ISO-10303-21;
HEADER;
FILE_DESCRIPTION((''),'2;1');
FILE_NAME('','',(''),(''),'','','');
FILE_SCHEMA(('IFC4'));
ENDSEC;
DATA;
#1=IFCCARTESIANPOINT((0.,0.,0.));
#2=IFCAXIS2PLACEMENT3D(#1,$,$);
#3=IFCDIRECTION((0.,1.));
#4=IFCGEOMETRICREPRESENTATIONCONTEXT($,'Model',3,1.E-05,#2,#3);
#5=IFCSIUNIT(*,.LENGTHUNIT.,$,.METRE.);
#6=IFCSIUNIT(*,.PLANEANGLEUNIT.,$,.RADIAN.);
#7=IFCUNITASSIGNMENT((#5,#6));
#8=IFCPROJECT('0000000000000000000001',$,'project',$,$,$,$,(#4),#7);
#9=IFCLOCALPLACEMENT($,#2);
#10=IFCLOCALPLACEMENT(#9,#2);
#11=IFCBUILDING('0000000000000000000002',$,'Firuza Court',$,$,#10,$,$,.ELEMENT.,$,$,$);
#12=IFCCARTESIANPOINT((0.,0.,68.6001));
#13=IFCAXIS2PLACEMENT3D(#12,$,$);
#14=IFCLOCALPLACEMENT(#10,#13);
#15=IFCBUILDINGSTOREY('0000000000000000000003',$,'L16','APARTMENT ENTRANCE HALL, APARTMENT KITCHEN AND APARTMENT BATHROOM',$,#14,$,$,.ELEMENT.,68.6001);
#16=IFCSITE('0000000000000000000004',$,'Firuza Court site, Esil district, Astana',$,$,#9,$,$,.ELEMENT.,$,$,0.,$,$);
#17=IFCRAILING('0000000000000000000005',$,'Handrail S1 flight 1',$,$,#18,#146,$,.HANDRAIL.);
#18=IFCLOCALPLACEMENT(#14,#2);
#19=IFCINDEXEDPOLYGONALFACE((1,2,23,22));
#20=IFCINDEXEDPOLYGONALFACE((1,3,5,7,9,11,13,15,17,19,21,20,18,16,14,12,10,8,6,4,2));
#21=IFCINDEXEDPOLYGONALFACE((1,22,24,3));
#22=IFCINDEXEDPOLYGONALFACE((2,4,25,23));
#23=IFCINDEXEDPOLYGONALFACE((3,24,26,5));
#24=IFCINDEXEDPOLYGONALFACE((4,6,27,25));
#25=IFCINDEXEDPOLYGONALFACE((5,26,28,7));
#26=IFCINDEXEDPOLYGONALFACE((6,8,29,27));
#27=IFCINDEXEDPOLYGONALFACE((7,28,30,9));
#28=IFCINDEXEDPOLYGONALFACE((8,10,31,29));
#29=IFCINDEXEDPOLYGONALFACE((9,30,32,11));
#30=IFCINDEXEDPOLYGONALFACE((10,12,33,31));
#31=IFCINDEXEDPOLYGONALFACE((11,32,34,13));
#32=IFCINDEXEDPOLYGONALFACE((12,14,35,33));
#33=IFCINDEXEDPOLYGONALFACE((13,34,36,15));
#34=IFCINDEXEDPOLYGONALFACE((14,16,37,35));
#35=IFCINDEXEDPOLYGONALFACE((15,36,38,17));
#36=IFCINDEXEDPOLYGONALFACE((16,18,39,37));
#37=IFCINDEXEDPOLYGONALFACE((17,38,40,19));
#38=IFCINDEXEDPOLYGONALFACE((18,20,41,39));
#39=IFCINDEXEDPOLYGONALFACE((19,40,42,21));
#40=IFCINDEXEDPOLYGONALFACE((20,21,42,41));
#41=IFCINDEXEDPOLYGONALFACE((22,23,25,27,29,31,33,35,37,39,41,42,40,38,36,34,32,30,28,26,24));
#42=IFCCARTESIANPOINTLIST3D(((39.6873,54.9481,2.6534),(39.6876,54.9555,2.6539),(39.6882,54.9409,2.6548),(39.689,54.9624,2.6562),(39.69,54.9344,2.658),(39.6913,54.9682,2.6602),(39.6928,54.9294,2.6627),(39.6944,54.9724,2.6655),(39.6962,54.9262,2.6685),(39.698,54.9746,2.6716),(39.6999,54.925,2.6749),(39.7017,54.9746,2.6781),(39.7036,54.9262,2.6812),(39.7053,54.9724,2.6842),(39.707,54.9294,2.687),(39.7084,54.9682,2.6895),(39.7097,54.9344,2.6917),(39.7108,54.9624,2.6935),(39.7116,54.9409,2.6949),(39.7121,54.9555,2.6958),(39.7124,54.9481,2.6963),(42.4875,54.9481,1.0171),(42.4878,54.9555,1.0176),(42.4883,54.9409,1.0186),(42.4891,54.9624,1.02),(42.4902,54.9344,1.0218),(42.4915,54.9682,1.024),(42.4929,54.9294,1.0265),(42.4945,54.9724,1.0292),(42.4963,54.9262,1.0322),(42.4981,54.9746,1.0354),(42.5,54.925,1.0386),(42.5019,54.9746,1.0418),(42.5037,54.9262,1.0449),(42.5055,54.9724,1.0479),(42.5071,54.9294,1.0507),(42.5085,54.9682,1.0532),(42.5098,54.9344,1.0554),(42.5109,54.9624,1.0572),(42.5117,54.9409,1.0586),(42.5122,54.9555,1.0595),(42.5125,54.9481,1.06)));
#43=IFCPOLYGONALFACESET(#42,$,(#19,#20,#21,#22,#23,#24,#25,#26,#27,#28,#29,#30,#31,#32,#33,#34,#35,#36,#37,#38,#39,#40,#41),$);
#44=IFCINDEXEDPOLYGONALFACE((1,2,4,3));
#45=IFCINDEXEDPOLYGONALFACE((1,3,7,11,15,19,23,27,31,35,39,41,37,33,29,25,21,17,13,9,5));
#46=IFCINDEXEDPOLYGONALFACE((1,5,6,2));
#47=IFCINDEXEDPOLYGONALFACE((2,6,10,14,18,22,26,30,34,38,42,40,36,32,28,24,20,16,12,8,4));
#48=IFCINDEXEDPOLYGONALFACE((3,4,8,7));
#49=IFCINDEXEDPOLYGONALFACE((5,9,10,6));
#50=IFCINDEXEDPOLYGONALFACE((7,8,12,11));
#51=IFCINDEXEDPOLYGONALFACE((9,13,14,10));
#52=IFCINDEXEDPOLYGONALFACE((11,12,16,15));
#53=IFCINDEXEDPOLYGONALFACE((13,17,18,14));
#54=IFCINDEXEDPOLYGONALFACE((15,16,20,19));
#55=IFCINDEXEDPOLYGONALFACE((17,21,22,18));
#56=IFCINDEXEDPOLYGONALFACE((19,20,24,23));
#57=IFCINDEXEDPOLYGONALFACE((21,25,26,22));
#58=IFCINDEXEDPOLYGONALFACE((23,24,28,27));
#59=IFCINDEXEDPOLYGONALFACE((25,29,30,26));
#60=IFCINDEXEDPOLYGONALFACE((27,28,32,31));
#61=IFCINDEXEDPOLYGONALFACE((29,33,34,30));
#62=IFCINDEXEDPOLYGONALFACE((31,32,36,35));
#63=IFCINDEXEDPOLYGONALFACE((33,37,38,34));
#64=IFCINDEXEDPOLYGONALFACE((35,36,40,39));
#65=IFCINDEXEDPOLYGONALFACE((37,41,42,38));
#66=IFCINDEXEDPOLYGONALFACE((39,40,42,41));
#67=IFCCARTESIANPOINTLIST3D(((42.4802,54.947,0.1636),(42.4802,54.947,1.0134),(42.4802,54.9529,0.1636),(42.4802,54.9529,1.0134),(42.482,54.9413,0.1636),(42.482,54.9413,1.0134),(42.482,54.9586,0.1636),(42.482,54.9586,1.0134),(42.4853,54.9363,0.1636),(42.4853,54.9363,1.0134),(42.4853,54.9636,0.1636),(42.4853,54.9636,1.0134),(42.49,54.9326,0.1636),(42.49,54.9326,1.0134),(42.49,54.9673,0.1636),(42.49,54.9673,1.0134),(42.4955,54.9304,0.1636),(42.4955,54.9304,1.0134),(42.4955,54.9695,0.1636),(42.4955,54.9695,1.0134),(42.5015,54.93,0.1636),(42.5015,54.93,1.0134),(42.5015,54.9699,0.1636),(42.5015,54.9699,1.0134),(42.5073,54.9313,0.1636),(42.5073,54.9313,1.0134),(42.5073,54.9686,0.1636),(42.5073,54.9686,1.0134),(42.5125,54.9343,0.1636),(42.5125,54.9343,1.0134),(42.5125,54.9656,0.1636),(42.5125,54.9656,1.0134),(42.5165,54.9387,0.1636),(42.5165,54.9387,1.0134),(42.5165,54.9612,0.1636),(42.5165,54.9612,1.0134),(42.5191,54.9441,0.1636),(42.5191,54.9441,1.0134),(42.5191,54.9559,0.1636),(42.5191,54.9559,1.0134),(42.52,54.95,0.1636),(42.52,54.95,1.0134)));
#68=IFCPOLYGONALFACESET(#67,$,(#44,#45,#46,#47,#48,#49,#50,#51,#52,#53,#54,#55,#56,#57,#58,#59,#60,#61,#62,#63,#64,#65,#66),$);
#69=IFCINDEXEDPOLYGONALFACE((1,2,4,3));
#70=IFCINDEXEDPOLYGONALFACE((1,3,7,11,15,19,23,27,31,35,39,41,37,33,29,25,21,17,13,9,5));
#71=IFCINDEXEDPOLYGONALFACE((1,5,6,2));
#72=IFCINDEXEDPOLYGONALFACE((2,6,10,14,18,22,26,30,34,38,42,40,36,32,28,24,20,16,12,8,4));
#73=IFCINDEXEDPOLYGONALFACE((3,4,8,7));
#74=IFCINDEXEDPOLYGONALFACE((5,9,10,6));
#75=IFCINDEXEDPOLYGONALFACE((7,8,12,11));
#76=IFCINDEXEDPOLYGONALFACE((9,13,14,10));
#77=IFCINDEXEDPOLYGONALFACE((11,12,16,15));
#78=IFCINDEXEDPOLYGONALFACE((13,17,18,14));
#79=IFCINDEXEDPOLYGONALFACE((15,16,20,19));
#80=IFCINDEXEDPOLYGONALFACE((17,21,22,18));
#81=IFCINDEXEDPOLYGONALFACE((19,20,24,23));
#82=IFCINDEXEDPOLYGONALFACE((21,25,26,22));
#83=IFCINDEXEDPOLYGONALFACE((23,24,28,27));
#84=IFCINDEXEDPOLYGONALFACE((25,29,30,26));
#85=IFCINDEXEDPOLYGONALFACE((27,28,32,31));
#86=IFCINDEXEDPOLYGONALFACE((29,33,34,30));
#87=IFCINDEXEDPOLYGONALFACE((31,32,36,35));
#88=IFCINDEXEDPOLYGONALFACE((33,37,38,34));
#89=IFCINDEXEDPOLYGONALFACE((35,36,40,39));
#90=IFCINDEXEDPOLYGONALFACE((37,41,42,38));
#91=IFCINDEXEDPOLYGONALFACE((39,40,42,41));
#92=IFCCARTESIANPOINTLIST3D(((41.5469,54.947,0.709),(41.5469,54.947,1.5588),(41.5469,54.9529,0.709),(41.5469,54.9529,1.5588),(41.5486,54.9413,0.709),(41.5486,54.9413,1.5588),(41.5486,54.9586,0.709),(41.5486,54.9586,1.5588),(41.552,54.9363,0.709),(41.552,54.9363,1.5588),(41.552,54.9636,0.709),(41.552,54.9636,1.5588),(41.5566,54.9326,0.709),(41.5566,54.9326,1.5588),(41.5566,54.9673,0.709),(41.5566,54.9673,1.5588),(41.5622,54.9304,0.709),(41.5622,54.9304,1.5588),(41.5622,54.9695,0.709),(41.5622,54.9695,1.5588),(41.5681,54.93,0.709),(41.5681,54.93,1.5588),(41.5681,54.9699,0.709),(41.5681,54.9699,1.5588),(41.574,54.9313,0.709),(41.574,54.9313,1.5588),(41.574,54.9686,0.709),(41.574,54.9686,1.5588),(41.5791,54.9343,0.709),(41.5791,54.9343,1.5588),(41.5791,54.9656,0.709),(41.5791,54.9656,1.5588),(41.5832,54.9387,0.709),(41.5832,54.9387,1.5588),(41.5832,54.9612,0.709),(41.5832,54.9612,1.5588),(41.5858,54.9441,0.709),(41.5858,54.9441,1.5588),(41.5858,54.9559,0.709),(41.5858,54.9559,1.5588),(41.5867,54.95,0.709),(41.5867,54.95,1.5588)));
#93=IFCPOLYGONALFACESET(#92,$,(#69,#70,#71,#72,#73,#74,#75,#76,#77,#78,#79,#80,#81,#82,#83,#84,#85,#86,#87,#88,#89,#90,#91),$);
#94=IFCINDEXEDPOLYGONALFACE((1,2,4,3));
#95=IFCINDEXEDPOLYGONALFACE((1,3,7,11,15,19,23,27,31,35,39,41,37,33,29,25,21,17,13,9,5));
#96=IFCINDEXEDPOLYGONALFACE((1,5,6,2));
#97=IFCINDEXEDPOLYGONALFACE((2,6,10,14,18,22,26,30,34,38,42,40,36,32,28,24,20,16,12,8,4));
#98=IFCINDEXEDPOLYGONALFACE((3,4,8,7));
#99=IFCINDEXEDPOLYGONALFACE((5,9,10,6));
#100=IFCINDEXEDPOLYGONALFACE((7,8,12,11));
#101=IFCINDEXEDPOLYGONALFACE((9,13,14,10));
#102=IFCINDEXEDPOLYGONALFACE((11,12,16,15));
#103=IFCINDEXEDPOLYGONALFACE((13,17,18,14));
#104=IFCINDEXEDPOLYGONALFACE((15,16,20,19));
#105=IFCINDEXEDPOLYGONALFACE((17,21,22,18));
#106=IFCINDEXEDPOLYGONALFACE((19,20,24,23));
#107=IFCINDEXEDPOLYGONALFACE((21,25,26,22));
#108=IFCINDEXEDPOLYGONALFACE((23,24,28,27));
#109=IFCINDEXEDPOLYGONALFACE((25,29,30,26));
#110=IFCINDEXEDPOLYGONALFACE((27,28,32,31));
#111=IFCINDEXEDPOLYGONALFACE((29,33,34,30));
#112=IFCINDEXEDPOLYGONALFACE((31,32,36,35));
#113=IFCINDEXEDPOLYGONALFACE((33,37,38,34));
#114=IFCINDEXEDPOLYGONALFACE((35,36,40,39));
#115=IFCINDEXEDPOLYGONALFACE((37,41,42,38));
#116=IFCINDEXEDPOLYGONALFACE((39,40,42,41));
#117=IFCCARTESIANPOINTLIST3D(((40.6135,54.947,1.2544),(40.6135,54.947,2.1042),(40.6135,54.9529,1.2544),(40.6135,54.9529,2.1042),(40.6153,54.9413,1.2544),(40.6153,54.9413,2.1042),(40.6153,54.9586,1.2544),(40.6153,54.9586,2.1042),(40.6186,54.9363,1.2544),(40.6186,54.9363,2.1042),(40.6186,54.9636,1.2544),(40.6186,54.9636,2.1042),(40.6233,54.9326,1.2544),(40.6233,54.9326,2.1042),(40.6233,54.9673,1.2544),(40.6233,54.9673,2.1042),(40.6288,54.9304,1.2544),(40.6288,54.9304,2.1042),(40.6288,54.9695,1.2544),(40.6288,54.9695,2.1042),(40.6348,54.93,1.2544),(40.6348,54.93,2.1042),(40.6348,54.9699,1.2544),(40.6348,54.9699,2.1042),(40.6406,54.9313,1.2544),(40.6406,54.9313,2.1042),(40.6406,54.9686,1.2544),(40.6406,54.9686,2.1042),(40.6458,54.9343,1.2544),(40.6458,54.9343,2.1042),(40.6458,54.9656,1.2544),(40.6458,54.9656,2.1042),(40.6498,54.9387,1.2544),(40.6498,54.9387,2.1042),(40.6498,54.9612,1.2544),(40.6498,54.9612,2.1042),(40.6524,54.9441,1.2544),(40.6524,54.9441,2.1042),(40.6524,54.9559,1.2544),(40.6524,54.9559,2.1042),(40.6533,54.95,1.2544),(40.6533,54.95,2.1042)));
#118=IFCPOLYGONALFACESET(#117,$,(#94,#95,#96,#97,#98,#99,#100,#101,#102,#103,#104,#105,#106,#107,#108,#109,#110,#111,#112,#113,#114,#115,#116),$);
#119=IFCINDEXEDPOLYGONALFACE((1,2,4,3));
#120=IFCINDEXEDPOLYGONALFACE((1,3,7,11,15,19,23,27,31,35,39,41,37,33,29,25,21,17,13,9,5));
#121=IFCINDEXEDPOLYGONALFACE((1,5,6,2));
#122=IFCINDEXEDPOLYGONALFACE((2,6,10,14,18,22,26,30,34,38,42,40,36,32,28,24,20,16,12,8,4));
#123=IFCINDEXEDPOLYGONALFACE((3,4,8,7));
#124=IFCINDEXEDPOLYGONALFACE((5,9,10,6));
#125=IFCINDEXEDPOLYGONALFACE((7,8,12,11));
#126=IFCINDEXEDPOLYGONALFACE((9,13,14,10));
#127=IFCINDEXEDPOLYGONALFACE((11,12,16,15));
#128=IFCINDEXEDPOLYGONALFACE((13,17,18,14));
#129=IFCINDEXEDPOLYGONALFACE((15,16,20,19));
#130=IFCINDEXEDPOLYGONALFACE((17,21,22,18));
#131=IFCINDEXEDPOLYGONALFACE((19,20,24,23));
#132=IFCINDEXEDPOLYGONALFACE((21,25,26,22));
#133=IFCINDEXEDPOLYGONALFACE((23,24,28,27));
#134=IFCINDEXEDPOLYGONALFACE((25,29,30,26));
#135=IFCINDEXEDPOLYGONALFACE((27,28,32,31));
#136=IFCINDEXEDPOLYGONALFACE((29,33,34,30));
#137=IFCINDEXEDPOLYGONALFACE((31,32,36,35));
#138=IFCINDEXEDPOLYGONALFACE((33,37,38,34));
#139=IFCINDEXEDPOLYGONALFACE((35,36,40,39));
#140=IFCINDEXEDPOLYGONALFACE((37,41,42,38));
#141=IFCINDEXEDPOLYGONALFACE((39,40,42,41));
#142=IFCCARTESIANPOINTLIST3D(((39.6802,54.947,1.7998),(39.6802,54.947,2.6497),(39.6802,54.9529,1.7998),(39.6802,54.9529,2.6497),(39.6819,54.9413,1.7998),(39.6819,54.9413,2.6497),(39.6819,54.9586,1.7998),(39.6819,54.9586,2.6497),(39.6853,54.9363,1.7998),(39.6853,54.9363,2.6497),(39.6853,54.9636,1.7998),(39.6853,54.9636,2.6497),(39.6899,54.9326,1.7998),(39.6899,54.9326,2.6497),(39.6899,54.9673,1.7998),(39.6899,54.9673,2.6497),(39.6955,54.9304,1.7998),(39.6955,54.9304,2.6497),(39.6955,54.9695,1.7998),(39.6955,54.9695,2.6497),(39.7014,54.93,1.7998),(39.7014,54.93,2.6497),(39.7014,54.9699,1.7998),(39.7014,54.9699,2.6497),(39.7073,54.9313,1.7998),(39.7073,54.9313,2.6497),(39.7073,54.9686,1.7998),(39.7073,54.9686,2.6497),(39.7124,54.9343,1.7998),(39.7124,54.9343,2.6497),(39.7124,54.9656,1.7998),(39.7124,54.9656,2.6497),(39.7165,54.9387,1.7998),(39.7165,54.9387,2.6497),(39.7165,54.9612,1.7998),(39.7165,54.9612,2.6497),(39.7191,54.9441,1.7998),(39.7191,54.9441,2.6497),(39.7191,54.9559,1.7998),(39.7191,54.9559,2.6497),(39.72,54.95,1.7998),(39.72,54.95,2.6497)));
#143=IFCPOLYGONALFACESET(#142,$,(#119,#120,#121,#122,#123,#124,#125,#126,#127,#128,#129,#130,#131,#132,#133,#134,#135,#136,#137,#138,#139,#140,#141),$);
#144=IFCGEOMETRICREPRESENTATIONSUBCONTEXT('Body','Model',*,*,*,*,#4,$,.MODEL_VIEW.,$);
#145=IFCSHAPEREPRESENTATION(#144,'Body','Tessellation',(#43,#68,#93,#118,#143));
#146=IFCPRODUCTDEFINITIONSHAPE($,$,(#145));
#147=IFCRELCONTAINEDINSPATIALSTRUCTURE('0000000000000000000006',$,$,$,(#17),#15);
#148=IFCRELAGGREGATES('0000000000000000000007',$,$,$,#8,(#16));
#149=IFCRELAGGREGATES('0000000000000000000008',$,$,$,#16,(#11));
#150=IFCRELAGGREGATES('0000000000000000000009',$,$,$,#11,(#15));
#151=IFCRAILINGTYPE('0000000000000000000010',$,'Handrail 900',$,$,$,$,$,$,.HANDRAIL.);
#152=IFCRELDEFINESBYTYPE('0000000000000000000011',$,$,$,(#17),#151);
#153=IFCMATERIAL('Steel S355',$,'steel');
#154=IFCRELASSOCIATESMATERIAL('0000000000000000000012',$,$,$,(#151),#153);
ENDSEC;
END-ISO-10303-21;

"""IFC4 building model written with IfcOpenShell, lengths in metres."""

from ifc_helpers import new_model, si_unit, direction, frame, origin, origin_2d, place, context, subcontext, project, spatial, circle, extrude, material, type_object, element, save


model = new_model("IFC4")

# Units and contexts
model_context = context("Model", 3, precision=1e-05, world=origin(), true_north=direction((0.0, 1.0)))
body_context = subcontext(model_context, "Body", "Model", "MODEL_VIEW")
ifc_project = project(units=[si_unit("LENGTHUNIT", "METRE"), si_unit("PLANEANGLEUNIT", "RADIAN")], contexts=[model_context])

# Site, building, storey
site_placement = place(None, origin())
site = spatial("IfcSite", under=ifc_project, at=site_placement, Name="Firuza Court site, Esil district, Astana", CompositionType="ELEMENT", RefElevation=0.0)
building_placement = place(site_placement, origin())
building = spatial("IfcBuilding", under=site, at=building_placement, Name="Firuza Court", CompositionType="ELEMENT")
storey_placement = place(building_placement, frame((0.0, 0.0, 68.6001)))
storey = spatial("IfcBuildingStorey", under=building, at=storey_placement, Name="L16", Description="APARTMENT ENTRANCE HALL, APARTMENT KITCHEN AND APARTMENT BATHROOM", CompositionType="ELEMENT", Elevation=68.6001)

# Railing
ifc_material_1 = material(Name="Steel S355", Category="steel")
railing_type_1 = type_object("IfcRailingType", Name="Handrail 900", PredefinedType="HANDRAIL", material=ifc_material_1)
railing_1_placement = place(storey_placement, frame((42.5, 54.95, 0.1636)))
element("IfcRailing", 1, at=railing_1_placement, inside=storey, type_object=railing_type_1, Name="Handrail S1 flight 1", PredefinedType="HANDRAIL", context=body_context, shape_type="SweptSolid", body=[
    extrude(circle(Radius=0.0249, at=origin_2d()), frame((0.0, 0.0, 0.875), z_axis=(-0.863394, 0.0, 0.504531), x_axis=(0.0, -1.0, 0.0)), (0.0, 0.0, 1.0), 3.2432),
    extrude(circle(Radius=0.02, at=origin_2d()), origin(), (0.0, 0.0, 1.0), 0.8499),
    extrude(circle(Radius=0.02, at=origin_2d()), frame((-0.9333, 0.0, 0.5454)), (0.0, 0.0, 1.0), 0.8499),
    extrude(circle(Radius=0.02, at=origin_2d()), frame((-1.8667, 0.0, 1.0908)), (0.0, 0.0, 1.0), 0.8499),
    extrude(circle(Radius=0.02, at=origin_2d()), frame((-2.8, 0.0, 1.6362)), (0.0, 0.0, 1.0), 0.8499),
])

save(model, "model.ifc")
